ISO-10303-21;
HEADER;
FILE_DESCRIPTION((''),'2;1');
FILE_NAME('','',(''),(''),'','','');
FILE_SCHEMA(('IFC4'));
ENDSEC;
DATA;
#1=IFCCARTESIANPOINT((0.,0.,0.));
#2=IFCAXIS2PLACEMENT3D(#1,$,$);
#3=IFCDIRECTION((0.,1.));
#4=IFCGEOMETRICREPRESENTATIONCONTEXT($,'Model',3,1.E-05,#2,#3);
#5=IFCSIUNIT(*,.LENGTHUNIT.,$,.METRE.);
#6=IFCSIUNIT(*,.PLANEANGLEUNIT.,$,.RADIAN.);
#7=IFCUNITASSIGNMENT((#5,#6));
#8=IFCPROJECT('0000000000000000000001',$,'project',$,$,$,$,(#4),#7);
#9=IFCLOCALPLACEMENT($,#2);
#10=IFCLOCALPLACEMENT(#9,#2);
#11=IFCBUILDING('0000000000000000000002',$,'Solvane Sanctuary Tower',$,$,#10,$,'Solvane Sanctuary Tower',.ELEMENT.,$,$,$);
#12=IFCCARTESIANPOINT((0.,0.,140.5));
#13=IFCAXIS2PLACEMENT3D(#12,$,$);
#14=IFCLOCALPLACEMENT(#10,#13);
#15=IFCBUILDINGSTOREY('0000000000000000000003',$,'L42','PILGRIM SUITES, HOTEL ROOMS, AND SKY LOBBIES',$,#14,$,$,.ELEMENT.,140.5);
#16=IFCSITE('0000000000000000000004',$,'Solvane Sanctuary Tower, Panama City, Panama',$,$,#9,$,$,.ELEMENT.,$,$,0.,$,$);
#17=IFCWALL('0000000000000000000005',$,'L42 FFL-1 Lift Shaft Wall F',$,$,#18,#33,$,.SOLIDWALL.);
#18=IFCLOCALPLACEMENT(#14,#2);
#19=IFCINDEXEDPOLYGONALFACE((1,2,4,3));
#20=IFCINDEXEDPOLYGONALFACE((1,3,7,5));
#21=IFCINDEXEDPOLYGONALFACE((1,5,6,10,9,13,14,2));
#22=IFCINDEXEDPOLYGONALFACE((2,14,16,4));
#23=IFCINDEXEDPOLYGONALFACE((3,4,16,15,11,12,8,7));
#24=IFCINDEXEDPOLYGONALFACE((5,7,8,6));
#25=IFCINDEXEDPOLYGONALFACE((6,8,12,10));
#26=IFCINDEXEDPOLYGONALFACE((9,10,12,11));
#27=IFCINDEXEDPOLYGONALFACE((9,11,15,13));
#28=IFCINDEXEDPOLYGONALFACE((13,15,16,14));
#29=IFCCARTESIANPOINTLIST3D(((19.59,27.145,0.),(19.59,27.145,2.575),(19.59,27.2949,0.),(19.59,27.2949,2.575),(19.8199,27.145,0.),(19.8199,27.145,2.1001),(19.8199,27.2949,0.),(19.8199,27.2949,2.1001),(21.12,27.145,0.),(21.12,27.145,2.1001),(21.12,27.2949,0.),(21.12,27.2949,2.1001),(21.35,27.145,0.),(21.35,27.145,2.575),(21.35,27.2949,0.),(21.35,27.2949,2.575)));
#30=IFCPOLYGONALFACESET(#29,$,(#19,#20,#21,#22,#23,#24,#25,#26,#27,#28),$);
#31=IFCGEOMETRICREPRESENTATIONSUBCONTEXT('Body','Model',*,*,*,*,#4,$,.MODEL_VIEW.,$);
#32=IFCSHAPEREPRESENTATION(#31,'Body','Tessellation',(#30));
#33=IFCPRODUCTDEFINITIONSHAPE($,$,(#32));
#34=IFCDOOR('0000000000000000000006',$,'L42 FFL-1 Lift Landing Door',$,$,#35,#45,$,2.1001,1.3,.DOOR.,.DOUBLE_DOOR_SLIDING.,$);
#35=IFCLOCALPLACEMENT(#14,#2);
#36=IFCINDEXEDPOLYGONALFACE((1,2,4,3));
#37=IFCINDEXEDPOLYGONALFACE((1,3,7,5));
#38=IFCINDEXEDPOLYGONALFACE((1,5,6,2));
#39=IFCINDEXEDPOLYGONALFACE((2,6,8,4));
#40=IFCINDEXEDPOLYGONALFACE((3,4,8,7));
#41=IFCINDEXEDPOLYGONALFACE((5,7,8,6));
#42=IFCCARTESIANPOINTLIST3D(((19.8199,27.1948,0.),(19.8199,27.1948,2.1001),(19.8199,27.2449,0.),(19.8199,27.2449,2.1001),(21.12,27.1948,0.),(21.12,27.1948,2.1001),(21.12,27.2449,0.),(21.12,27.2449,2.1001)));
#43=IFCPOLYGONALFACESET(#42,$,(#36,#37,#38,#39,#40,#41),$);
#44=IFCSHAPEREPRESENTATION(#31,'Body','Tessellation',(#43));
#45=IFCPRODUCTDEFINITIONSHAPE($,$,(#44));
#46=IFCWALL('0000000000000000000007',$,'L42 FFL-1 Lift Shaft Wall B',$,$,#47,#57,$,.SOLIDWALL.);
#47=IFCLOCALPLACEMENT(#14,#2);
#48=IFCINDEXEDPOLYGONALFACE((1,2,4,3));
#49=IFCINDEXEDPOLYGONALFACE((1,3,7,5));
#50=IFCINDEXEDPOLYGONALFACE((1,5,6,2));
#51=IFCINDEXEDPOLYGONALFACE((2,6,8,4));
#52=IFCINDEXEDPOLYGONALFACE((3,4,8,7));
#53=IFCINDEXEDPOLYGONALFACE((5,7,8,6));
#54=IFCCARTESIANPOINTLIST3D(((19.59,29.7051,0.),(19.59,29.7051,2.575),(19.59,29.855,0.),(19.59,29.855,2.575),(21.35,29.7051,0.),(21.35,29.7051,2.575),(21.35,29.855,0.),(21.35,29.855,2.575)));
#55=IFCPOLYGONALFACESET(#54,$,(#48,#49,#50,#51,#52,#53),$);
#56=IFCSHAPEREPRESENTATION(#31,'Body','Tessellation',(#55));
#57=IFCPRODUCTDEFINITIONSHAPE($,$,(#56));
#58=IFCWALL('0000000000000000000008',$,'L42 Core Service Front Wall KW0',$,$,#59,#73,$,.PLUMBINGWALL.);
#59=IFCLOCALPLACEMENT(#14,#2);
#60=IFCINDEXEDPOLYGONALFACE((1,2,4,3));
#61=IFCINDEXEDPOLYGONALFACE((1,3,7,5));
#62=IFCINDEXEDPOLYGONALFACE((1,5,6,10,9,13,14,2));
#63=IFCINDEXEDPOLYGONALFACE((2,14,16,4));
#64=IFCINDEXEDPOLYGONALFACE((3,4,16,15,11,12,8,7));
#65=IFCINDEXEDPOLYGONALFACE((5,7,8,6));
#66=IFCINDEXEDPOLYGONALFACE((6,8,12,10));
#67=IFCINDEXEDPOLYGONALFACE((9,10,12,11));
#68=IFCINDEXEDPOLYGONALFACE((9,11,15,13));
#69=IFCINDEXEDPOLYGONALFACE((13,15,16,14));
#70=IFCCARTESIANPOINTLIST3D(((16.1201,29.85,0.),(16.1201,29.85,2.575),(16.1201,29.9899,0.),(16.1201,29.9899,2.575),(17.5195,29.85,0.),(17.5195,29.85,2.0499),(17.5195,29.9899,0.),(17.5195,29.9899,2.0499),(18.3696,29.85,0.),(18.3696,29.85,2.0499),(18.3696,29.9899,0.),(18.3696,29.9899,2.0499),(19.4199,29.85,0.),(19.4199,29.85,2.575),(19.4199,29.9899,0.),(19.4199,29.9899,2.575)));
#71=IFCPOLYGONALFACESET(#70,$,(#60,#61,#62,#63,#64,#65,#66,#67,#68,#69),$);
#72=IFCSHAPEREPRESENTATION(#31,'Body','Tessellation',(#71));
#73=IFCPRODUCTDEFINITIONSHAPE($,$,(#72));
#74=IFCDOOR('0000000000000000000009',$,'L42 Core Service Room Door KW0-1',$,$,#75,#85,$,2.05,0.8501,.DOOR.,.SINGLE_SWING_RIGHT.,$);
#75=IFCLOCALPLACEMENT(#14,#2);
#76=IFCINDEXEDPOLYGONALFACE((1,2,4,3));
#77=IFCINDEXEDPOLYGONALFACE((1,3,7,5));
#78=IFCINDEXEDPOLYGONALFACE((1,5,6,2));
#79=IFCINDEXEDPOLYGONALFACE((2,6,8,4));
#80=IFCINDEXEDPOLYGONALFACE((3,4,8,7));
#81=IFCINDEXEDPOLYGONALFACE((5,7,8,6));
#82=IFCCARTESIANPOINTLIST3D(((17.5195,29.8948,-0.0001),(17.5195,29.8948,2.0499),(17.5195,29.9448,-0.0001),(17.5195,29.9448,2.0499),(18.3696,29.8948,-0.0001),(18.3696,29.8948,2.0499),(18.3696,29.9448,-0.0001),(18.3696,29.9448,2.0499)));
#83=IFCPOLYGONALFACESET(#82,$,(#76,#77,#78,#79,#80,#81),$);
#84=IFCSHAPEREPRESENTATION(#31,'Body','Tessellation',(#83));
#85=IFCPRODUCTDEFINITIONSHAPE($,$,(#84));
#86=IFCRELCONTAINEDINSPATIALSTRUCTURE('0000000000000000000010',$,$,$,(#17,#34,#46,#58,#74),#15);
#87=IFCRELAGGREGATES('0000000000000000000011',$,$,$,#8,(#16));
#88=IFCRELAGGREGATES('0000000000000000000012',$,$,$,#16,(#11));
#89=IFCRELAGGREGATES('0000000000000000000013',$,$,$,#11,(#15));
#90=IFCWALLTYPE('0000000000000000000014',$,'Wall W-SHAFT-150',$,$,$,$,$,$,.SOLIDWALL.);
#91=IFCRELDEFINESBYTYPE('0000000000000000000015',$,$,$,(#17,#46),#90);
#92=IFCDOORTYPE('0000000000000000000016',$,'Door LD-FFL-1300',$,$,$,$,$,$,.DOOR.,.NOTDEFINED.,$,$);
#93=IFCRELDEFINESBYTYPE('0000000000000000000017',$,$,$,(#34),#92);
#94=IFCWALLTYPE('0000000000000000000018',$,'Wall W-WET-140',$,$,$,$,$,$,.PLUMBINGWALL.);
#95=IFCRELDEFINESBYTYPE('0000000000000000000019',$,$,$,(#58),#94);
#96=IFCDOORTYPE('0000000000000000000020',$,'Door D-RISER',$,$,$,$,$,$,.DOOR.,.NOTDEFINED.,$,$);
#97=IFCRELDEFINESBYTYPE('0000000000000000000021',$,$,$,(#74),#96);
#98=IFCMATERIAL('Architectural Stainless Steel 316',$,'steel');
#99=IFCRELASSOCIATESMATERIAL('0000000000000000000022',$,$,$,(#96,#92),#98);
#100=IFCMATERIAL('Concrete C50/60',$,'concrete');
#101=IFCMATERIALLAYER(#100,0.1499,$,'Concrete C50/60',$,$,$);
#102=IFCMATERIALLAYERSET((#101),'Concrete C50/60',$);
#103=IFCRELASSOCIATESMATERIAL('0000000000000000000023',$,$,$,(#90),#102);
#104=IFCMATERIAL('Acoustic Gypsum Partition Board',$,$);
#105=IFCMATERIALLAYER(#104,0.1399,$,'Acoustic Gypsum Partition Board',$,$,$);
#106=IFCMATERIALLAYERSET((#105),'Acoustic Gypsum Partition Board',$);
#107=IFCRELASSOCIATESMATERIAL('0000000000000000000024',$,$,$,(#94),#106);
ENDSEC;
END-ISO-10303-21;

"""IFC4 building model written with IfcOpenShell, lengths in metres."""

from ifc_helpers import new_model, si_unit, direction, frame, frame_2d, origin, place, context, subcontext, project, spatial, rectangle, extrude, material, layer, layer_set, type_object, element, fill, save


model = new_model("IFC4")

# Units and contexts
model_context = context("Model", 3, precision=1e-05, world=origin(), true_north=direction((0.0, 1.0)))
body_context = subcontext(model_context, "Body", "Model", "MODEL_VIEW")
ifc_project = project(units=[si_unit("LENGTHUNIT", "METRE"), si_unit("PLANEANGLEUNIT", "RADIAN")], contexts=[model_context])

# Site, building, storey
site_placement = place(None, origin())
site = spatial("IfcSite", under=ifc_project, at=site_placement, Name="Solvane Sanctuary Tower, Panama City, Panama", CompositionType="ELEMENT", RefElevation=0.0)
building_placement = place(site_placement, origin())
building = spatial("IfcBuilding", under=site, at=building_placement, Name="Solvane Sanctuary Tower", LongName="Solvane Sanctuary Tower", CompositionType="ELEMENT")
storey_placement = place(building_placement, frame((0.0, 0.0, 140.5)))
storey = spatial("IfcBuildingStorey", under=building, at=storey_placement, Name="L42", Description="PILGRIM SUITES, HOTEL ROOMS, AND SKY LOBBIES", CompositionType="ELEMENT", Elevation=140.5)

# Shared definitions
ifc_material_1 = material(Name="Acoustic Gypsum Partition Board")

# Shared definitions
ifc_material_2 = material(Name="Architectural Stainless Steel 316", Category="steel")
door_type_1 = type_object("IfcDoorType", Name="Door D-RISER", OperationType="NOTDEFINED", PredefinedType="DOOR", material=ifc_material_2)

# Wall, opening, door
ifc_material_3 = material(Name="Concrete C50/60", Category="concrete")
ifc_layer_1 = layer(ifc_material_3, 0.1499, Name="Concrete C50/60")
ifc_layer_set_1 = layer_set([ifc_layer_1], Name="Concrete C50/60")
wall_type_1 = type_object("IfcWallType", Name="Wall W-SHAFT-150", PredefinedType="SOLIDWALL", material=ifc_layer_set_1)
wall_1_placement = place(storey_placement, frame((19.5901, 27.22, 0.0), z_axis=(0.0, 0.0, 1.0), x_axis=(1.0, 0.0, 0.0)))
wall_1 = element("IfcWall", 1, at=wall_1_placement, inside=storey, type_object=wall_type_1, Name="L42 FFL-1 Lift Shaft Wall F", PredefinedType="SOLIDWALL", context=body_context, shape_type="SweptSolid", body=[
    extrude(rectangle(XDim=1.76, YDim=0.1499, at=frame_2d((0.8799, 0.0))), origin(), (0.0, 0.0, 1.0), 2.575),
])
opening_1_placement = place(wall_1_placement, frame((0.23, 0.0, 0.0)))
opening_1 = element("IfcOpeningElement", 2, at=opening_1_placement, cuts=wall_1, PredefinedType="OPENING", context=body_context, shape_type="SweptSolid", body=[
    extrude(rectangle(XDim=1.3, YDim=2.1001, at=frame_2d((0.6499, 1.05))), frame((0.0, 0.085, 0.0), z_axis=(0.0, -1.0, 0.0), x_axis=(1.0, 0.0, 0.0)), (0.0, 0.0, 1.0), 0.1699),
])
door_type_2 = type_object("IfcDoorType", Name="Door LD-FFL-1300", OperationType="NOTDEFINED", PredefinedType="DOOR", material=ifc_material_2)
door_1_placement = place(opening_1_placement, origin())
door_1 = element("IfcDoor", 3, at=door_1_placement, inside=storey, type_object=door_type_2, Name="L42 FFL-1 Lift Landing Door", OperationType="DOUBLE_DOOR_SLIDING", OverallHeight=2.1001, OverallWidth=1.3, PredefinedType="DOOR", context=body_context, shape_type="SweptSolid", body=[
    extrude(rectangle(XDim=1.3, YDim=2.1001, at=frame_2d((0.6499, 1.05))), frame((0.0, 0.0249, 0.0), z_axis=(0.0, -1.0, 0.0), x_axis=(1.0, 0.0, 0.0)), (0.0, 0.0, 1.0), 0.05),
])
fill(opening_1, door_1)

# Wall
wall_2_placement = place(storey_placement, frame((19.5901, 29.78, 0.0), z_axis=(0.0, 0.0, 1.0), x_axis=(1.0, 0.0, 0.0)))
element("IfcWall", 4, at=wall_2_placement, inside=storey, type_object=wall_type_1, Name="L42 FFL-1 Lift Shaft Wall B", PredefinedType="SOLIDWALL", context=body_context, shape_type="SweptSolid", body=[
    extrude(rectangle(XDim=1.76, YDim=0.1499, at=frame_2d((0.8799, 0.0))), origin(), (0.0, 0.0, 1.0), 2.575),
])

# Wall, opening, door
ifc_layer_2 = layer(ifc_material_1, 0.1399, Name="Acoustic Gypsum Partition Board")
ifc_layer_set_2 = layer_set([ifc_layer_2], Name="Acoustic Gypsum Partition Board")
wall_type_2 = type_object("IfcWallType", Name="Wall W-WET-140", PredefinedType="PLUMBINGWALL", material=ifc_layer_set_2)
wall_3_placement = place(storey_placement, frame((16.1201, 29.9199, 0.0), z_axis=(0.0, 0.0, 1.0), x_axis=(1.0, 0.0, 0.0)))
wall_3 = element("IfcWall", 5, at=wall_3_placement, inside=storey, type_object=wall_type_2, Name="L42 Core Service Front Wall KW0", PredefinedType="PLUMBINGWALL", context=body_context, shape_type="SweptSolid", body=[
    extrude(rectangle(XDim=3.2998, YDim=0.1399, at=frame_2d((1.6499, 0.0))), origin(), (0.0, 0.0, 1.0), 2.575),
])
opening_2_placement = place(wall_3_placement, frame((1.3994, 0.0, 0.0)))
opening_2 = element("IfcOpeningElement", 6, at=opening_2_placement, cuts=wall_3, PredefinedType="OPENING", context=body_context, shape_type="SweptSolid", body=[
    extrude(rectangle(XDim=0.8501, YDim=2.05, at=frame_2d((0.425, 1.0249))), frame((0.0, 0.0798, 0.0), z_axis=(0.0, -1.0, 0.0), x_axis=(1.0, 0.0, 0.0)), (0.0, 0.0, 1.0), 0.1599),
])
door_2_placement = place(opening_2_placement, origin())
door_2 = element("IfcDoor", 7, at=door_2_placement, inside=storey, type_object=door_type_1, Name="L42 Core Service Room Door KW0-1", OperationType="SINGLE_SWING_RIGHT", OverallHeight=2.05, OverallWidth=0.8501, PredefinedType="DOOR", context=body_context, shape_type="SweptSolid", body=[
    extrude(rectangle(XDim=0.8501, YDim=2.05, at=frame_2d((0.425, 1.0249))), frame((0.0, 0.0249, 0.0), z_axis=(0.0, -1.0, 0.0), x_axis=(1.0, 0.0, 0.0)), (0.0, 0.0, 1.0), 0.05),
])
fill(opening_2, door_2)

save(model, "model.ifc")
